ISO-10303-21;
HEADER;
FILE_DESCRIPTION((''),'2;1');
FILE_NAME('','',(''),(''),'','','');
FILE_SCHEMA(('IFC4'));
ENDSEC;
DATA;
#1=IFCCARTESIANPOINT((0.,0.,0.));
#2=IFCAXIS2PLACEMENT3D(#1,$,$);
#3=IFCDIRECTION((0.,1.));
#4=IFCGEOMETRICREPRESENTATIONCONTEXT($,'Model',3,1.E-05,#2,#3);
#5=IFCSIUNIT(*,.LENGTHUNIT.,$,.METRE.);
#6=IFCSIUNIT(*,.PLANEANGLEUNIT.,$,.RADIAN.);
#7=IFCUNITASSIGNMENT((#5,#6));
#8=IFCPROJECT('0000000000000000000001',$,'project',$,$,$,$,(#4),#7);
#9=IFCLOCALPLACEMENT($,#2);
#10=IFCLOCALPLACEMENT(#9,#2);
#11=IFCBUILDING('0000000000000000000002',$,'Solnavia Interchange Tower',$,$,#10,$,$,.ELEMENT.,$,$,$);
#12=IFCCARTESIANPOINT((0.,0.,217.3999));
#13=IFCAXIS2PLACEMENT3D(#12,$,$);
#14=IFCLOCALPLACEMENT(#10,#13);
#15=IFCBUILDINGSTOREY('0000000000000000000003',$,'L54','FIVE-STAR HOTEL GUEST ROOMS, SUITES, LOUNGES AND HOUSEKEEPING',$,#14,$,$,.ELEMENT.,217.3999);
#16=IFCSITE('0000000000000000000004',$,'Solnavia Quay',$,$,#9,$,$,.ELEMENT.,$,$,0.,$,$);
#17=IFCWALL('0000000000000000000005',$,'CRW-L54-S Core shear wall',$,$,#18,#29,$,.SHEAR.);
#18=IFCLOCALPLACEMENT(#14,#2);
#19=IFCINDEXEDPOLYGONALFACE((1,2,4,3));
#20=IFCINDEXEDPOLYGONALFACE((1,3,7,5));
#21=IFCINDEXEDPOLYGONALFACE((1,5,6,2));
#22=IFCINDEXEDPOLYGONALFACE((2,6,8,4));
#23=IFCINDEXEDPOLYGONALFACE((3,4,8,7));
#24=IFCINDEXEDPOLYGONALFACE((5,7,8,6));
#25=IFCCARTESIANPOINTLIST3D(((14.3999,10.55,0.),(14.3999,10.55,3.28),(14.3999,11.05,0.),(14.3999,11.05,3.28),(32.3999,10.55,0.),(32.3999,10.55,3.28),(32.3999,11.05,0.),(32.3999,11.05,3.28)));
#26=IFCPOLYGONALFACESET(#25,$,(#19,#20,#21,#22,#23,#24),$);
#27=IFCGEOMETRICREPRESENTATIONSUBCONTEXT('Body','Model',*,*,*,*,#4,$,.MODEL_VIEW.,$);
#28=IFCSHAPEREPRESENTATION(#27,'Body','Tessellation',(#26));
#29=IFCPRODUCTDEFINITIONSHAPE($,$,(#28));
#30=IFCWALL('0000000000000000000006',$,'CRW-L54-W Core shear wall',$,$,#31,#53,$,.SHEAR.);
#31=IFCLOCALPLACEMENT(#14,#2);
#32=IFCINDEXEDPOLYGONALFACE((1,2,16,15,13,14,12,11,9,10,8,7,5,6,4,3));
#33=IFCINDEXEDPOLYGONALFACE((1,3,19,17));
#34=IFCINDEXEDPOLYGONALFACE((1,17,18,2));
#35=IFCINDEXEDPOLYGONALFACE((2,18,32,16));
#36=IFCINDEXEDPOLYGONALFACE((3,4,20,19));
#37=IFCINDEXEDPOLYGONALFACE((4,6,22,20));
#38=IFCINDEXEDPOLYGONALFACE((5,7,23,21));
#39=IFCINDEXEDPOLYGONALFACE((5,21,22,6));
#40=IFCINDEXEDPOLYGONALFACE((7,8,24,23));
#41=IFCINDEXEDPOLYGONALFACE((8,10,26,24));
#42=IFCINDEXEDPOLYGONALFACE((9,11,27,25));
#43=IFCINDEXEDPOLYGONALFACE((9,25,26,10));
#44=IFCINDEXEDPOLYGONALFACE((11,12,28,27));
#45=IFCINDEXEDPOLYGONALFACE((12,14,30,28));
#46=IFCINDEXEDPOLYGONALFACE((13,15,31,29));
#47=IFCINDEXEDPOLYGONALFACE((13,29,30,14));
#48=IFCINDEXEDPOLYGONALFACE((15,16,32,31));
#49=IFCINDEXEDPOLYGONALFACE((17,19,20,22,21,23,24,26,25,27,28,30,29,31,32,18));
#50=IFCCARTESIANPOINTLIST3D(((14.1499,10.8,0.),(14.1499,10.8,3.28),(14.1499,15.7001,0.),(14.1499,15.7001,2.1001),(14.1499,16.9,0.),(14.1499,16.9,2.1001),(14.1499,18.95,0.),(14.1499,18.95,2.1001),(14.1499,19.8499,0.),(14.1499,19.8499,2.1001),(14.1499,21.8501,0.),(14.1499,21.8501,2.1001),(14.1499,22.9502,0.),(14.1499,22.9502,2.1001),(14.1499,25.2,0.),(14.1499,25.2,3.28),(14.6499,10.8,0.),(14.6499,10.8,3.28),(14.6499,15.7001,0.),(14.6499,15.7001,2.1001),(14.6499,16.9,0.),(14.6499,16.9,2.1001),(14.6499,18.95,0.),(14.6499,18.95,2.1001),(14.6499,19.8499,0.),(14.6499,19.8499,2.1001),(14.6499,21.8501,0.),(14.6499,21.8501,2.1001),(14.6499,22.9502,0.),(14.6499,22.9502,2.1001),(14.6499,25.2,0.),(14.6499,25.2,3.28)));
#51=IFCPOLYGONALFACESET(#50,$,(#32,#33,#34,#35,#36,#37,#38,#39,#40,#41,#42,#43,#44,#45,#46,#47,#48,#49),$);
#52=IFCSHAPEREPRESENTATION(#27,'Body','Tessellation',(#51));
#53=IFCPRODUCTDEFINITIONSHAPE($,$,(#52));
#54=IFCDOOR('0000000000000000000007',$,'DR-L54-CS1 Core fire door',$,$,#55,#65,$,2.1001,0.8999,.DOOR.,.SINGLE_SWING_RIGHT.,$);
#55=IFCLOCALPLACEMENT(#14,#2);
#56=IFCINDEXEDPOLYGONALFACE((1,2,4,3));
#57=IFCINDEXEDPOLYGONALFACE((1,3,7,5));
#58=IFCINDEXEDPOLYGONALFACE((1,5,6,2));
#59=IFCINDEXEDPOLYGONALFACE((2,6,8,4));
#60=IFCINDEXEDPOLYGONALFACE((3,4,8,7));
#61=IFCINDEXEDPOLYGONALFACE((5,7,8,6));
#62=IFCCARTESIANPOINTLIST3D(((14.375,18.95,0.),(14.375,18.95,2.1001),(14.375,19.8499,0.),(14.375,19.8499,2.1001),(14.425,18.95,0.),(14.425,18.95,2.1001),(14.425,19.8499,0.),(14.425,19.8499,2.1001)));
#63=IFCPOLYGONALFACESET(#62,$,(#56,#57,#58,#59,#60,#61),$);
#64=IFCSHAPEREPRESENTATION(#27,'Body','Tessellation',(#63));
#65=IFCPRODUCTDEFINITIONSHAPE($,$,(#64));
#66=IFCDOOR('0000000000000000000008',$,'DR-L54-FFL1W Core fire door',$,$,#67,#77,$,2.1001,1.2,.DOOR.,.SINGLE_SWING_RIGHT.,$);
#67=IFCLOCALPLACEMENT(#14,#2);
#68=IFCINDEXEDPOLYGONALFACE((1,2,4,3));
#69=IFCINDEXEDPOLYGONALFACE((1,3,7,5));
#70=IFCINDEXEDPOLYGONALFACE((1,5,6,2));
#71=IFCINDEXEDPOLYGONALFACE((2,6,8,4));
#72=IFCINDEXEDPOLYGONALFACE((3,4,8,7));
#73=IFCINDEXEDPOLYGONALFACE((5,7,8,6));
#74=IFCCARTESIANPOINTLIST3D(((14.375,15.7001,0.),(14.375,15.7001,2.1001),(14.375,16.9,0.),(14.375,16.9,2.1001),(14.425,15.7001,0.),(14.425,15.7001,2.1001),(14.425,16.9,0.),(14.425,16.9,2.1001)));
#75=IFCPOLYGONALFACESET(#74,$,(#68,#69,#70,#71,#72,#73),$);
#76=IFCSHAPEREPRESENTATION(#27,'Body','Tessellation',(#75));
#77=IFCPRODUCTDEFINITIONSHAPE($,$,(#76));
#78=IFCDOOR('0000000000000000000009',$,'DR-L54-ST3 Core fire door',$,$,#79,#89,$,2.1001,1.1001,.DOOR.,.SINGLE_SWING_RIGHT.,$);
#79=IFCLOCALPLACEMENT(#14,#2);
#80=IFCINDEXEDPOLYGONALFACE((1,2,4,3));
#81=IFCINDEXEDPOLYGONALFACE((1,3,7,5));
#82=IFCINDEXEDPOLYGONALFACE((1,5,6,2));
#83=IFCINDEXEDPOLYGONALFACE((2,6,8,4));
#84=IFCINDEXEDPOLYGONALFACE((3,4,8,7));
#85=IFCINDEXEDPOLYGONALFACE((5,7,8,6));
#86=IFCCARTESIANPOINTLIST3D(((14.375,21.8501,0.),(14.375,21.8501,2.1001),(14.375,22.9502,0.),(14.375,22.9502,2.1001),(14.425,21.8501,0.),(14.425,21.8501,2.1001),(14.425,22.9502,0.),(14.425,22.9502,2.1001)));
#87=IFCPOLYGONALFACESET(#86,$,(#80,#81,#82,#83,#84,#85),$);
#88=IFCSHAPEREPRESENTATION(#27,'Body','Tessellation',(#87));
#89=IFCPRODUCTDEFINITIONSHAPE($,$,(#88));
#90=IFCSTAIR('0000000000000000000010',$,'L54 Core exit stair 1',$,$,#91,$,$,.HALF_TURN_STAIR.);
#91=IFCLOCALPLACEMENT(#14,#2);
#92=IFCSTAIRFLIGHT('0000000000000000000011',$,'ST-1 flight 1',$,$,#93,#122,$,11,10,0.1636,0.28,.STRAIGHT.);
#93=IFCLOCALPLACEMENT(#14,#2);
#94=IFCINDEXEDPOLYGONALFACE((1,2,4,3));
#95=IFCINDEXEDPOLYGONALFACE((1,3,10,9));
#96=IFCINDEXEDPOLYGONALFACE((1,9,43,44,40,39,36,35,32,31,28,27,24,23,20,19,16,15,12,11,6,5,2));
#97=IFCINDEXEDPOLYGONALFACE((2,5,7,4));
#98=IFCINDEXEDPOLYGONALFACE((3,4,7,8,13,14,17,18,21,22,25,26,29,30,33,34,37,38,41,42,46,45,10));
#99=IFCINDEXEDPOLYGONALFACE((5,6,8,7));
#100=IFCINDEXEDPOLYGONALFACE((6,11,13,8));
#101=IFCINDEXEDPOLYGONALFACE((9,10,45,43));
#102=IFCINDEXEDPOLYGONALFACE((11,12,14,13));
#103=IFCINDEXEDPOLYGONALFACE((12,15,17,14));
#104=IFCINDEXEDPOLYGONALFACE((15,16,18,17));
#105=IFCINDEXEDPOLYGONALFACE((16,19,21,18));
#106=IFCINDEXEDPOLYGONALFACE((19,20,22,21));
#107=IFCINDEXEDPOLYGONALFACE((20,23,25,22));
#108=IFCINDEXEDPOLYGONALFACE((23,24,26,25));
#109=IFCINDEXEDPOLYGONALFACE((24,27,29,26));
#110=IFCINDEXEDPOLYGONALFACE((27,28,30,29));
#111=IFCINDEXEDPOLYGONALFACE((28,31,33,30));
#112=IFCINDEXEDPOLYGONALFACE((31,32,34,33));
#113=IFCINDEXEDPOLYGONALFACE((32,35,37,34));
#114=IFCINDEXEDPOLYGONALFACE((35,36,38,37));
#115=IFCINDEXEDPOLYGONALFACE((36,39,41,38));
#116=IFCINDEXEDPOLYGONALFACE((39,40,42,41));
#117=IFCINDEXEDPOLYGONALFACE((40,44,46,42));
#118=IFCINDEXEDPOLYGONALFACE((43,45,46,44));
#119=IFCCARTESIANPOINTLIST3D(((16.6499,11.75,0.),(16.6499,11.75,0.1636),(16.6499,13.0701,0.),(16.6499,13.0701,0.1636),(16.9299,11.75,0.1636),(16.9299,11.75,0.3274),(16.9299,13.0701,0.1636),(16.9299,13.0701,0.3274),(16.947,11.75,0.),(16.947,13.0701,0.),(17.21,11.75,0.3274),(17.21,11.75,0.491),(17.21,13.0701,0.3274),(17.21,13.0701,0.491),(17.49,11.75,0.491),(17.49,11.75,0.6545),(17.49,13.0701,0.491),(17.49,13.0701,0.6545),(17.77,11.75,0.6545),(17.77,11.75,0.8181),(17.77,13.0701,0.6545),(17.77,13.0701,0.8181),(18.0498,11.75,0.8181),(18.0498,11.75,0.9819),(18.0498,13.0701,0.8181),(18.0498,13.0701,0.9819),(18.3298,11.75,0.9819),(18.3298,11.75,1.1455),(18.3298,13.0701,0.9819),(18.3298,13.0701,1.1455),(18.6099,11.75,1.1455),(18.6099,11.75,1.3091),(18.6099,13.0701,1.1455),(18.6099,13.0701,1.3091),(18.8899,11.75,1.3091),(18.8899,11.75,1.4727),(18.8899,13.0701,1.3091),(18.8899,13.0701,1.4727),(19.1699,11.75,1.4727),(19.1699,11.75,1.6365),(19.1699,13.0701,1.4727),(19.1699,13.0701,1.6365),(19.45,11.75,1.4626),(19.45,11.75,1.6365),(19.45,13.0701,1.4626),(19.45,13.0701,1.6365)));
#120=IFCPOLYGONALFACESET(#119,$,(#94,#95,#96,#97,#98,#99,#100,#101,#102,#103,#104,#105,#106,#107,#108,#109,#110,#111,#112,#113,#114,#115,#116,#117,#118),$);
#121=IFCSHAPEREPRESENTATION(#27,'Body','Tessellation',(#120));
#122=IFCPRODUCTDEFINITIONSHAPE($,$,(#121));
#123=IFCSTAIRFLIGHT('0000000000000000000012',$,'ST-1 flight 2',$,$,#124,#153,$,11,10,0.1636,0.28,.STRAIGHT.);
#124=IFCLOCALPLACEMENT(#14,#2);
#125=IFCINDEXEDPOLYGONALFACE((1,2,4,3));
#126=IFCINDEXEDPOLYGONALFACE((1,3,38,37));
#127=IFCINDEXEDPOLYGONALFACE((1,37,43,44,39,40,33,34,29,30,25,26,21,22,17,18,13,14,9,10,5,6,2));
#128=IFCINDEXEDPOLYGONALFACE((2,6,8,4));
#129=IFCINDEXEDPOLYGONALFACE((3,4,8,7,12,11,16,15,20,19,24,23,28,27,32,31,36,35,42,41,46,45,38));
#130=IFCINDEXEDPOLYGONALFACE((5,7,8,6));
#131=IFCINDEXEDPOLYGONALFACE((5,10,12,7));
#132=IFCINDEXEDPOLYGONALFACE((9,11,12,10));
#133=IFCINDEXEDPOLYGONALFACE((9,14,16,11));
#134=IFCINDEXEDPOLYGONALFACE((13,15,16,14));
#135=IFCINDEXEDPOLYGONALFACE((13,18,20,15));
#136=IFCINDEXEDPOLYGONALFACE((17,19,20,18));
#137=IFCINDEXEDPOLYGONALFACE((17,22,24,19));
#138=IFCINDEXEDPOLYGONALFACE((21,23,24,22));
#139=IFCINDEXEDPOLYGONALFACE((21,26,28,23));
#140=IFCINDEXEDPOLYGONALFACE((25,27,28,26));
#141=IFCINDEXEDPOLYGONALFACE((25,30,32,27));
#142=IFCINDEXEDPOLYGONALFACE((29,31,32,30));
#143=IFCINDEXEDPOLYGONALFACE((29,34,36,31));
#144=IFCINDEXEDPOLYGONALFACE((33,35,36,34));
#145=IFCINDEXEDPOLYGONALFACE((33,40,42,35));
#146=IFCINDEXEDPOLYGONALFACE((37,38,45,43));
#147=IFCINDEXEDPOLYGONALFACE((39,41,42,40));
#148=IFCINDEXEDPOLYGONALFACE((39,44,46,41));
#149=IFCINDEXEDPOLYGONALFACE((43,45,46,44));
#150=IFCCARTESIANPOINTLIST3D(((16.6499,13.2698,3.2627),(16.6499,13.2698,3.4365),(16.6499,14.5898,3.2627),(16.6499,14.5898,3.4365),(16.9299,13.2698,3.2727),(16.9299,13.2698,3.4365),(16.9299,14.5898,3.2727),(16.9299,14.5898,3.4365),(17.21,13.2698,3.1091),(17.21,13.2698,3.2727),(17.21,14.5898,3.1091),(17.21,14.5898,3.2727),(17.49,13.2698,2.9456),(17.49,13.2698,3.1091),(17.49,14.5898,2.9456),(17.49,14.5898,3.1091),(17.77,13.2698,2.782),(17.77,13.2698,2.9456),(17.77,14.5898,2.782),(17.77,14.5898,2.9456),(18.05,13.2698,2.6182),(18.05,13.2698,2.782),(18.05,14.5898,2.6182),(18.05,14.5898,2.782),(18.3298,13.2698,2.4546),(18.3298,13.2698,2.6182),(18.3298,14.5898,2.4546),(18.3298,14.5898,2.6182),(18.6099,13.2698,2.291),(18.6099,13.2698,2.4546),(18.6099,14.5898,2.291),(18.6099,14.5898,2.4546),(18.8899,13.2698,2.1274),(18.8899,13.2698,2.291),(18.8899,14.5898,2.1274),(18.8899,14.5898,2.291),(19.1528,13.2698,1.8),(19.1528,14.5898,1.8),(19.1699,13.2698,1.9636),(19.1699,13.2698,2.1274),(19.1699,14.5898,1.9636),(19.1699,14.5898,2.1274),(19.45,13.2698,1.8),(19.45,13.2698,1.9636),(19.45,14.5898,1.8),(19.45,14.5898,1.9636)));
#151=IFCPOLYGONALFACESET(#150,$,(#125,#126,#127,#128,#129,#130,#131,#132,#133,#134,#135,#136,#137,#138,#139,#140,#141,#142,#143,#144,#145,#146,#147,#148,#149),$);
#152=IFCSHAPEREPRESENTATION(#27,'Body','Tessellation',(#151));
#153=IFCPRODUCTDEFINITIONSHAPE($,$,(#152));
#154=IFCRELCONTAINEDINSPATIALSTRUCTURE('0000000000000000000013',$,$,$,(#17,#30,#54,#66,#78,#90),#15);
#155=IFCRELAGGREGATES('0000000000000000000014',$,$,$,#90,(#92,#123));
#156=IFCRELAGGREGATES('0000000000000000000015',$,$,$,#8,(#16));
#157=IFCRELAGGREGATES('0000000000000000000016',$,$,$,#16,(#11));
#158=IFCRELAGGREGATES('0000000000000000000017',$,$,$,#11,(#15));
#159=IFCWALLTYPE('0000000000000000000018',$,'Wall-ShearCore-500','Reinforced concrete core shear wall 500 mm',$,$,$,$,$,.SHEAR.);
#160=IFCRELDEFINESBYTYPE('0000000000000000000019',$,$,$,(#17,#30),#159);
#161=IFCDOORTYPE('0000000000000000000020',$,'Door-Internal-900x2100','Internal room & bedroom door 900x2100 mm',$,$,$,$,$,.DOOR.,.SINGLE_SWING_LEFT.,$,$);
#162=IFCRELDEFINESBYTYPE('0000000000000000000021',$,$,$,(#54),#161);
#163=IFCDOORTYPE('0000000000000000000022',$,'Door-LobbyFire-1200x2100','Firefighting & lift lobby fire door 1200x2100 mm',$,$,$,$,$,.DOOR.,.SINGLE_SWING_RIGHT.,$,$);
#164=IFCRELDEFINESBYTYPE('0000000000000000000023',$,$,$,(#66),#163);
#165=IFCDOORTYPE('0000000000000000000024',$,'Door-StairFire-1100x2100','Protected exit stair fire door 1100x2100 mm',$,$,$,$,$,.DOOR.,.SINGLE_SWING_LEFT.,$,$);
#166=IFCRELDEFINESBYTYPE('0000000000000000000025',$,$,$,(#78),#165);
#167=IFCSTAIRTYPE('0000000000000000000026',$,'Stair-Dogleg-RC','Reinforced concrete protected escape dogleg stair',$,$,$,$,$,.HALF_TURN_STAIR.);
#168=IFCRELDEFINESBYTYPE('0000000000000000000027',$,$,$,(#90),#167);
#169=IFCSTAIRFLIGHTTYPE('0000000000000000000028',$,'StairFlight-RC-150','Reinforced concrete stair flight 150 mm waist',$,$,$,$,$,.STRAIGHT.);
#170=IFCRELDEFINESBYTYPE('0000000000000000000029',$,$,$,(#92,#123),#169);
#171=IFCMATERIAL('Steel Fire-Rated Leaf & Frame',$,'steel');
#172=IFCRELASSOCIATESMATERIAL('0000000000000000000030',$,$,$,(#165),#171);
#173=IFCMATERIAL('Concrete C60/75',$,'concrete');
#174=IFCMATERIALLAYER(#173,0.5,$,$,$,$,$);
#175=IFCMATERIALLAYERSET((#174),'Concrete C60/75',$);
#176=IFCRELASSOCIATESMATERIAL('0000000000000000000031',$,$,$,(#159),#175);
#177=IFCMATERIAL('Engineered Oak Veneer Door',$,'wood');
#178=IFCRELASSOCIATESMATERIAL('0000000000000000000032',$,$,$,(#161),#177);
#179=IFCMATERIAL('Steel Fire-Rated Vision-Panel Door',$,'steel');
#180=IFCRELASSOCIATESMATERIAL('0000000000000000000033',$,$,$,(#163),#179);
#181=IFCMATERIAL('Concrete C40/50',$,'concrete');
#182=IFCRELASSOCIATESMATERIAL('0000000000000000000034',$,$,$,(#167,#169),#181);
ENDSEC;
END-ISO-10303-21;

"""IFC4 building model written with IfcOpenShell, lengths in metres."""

from ifc_helpers import new_model, si_unit, direction, frame, frame_2d, origin, place, context, subcontext, project, spatial, polyline, rectangle, outline, extrude, material, layer, layer_set, type_object, element, fill, aggregate, save


model = new_model("IFC4")

# Units and contexts
model_context = context("Model", 3, precision=1e-05, world=origin(), true_north=direction((0.0, 1.0)))
body_context = subcontext(model_context, "Body", "Model", "MODEL_VIEW")
ifc_project = project(units=[si_unit("LENGTHUNIT", "METRE"), si_unit("PLANEANGLEUNIT", "RADIAN")], contexts=[model_context])

# Site, building, storey
site_placement = place(None, origin())
site = spatial("IfcSite", under=ifc_project, at=site_placement, Name="Solnavia Quay", CompositionType="ELEMENT", RefElevation=0.0)
building_placement = place(site_placement, origin())
building = spatial("IfcBuilding", under=site, at=building_placement, Name="Solnavia Interchange Tower", CompositionType="ELEMENT")
storey_placement = place(building_placement, frame((0.0, 0.0, 217.3999)))
storey = spatial("IfcBuildingStorey", under=building, at=storey_placement, Name="L54", Description="FIVE-STAR HOTEL GUEST ROOMS, SUITES, LOUNGES AND HOUSEKEEPING", CompositionType="ELEMENT", Elevation=217.3999)

# Shared definitions
ifc_material_1 = material(Name="Concrete C40/50", Category="concrete")

# Shared definitions
ifc_material_2 = material(Name="Steel Fire-Rated Leaf & Frame", Category="steel")
door_type_1 = type_object("IfcDoorType", Name="Door-StairFire-1100x2100", Description="Protected exit stair fire door 1100x2100 mm", OperationType="SINGLE_SWING_LEFT", PredefinedType="DOOR", material=ifc_material_2)

# Wall
ifc_material_3 = material(Name="Concrete C60/75", Category="concrete")
ifc_layer_1 = layer(ifc_material_3, 0.5)
ifc_layer_set_1 = layer_set([ifc_layer_1], Name="Concrete C60/75")
wall_type_1 = type_object("IfcWallType", Name="Wall-ShearCore-500", Description="Reinforced concrete core shear wall 500 mm", PredefinedType="SHEAR", material=ifc_layer_set_1)
wall_1_placement = place(storey_placement, frame((14.3999, 10.8, 0.0), z_axis=(0.0, 0.0, 1.0), x_axis=(1.0, 0.0, 0.0)))
element("IfcWall", 1, at=wall_1_placement, inside=storey, type_object=wall_type_1, Name="CRW-L54-S Core shear wall", PredefinedType="SHEAR", context=body_context, shape_type="SweptSolid", body=[
    extrude(rectangle(XDim=18.0, YDim=0.5, at=frame_2d((9.0, 0.0))), origin(), (0.0, 0.0, 1.0), 3.28),
])

# Wall, openings, doors
wall_2_placement = place(storey_placement, frame((14.3999, 10.8, 0.0), z_axis=(0.0, 0.0, 1.0), x_axis=(0.0, 1.0, 0.0)))
wall_2 = element("IfcWall", 2, at=wall_2_placement, inside=storey, type_object=wall_type_1, Name="CRW-L54-W Core shear wall", PredefinedType="SHEAR", context=body_context, shape_type="SweptSolid", body=[
    extrude(rectangle(XDim=14.3999, YDim=0.5, at=frame_2d((7.2, 0.0))), origin(), (0.0, 0.0, 1.0), 3.28),
])
opening_1_placement = place(wall_2_placement, frame((11.05, 0.0, 0.0)))
opening_1 = element("IfcOpeningElement", 3, at=opening_1_placement, cuts=wall_2, PredefinedType="OPENING", context=body_context, shape_type="SweptSolid", body=[
    extrude(rectangle(XDim=1.1001, YDim=2.1001, at=frame_2d((0.55, 1.05))), frame((0.0, 0.26, 0.0), z_axis=(0.0, -1.0, 0.0), x_axis=(1.0, 0.0, 0.0)), (0.0, 0.0, 1.0), 0.52),
])
opening_2_placement = place(wall_2_placement, frame((4.8999, 0.0, 0.0)))
opening_2 = element("IfcOpeningElement", 4, at=opening_2_placement, cuts=wall_2, PredefinedType="OPENING", context=body_context, shape_type="SweptSolid", body=[
    extrude(rectangle(XDim=1.2, YDim=2.1001, at=frame_2d((0.6001, 1.05))), frame((0.0, 0.26, 0.0), z_axis=(0.0, -1.0, 0.0), x_axis=(1.0, 0.0, 0.0)), (0.0, 0.0, 1.0), 0.52),
])
opening_3_placement = place(wall_2_placement, frame((8.1499, 0.0, 0.0)))
opening_3 = element("IfcOpeningElement", 5, at=opening_3_placement, cuts=wall_2, PredefinedType="OPENING", context=body_context, shape_type="SweptSolid", body=[
    extrude(rectangle(XDim=0.8999, YDim=2.1001, at=frame_2d((0.45, 1.05))), frame((0.0, 0.26, 0.0), z_axis=(0.0, -1.0, 0.0), x_axis=(1.0, 0.0, 0.0)), (0.0, 0.0, 1.0), 0.52),
])
ifc_material_4 = material(Name="Engineered Oak Veneer Door", Category="wood")
door_type_2 = type_object("IfcDoorType", Name="Door-Internal-900x2100", Description="Internal room & bedroom door 900x2100 mm", OperationType="SINGLE_SWING_LEFT", PredefinedType="DOOR", material=ifc_material_4)
door_1_placement = place(opening_3_placement, origin())
door_1 = element("IfcDoor", 6, at=door_1_placement, inside=storey, type_object=door_type_2, Name="DR-L54-CS1 Core fire door", OperationType="SINGLE_SWING_RIGHT", OverallHeight=2.1001, OverallWidth=0.8999, PredefinedType="DOOR", context=body_context, shape_type="SweptSolid", body=[
    extrude(rectangle(XDim=0.8999, YDim=2.1001, at=frame_2d((0.45, 1.05))), frame((0.0, 0.0249, 0.0), z_axis=(0.0, -1.0, 0.0), x_axis=(1.0, 0.0, 0.0)), (0.0, 0.0, 1.0), 0.05),
])
fill(opening_3, door_1)
ifc_material_5 = material(Name="Steel Fire-Rated Vision-Panel Door", Category="steel")
door_type_3 = type_object("IfcDoorType", Name="Door-LobbyFire-1200x2100", Description="Firefighting & lift lobby fire door 1200x2100 mm", OperationType="SINGLE_SWING_RIGHT", PredefinedType="DOOR", material=ifc_material_5)
door_2_placement = place(opening_2_placement, origin())
door_2 = element("IfcDoor", 7, at=door_2_placement, inside=storey, type_object=door_type_3, Name="DR-L54-FFL1W Core fire door", OperationType="SINGLE_SWING_RIGHT", OverallHeight=2.1001, OverallWidth=1.2, PredefinedType="DOOR", context=body_context, shape_type="SweptSolid", body=[
    extrude(rectangle(XDim=1.2, YDim=2.1001, at=frame_2d((0.6001, 1.05))), frame((0.0, 0.0249, 0.0), z_axis=(0.0, -1.0, 0.0), x_axis=(1.0, 0.0, 0.0)), (0.0, 0.0, 1.0), 0.05),
])
fill(opening_2, door_2)
door_3_placement = place(opening_1_placement, origin())
door_3 = element("IfcDoor", 8, at=door_3_placement, inside=storey, type_object=door_type_1, Name="DR-L54-ST3 Core fire door", OperationType="SINGLE_SWING_RIGHT", OverallHeight=2.1001, OverallWidth=1.1001, PredefinedType="DOOR", context=body_context, shape_type="SweptSolid", body=[
    extrude(rectangle(XDim=1.1001, YDim=2.1001, at=frame_2d((0.55, 1.05))), frame((0.0, 0.0249, 0.0), z_axis=(0.0, -1.0, 0.0), x_axis=(1.0, 0.0, 0.0)), (0.0, 0.0, 1.0), 0.05),
])
fill(opening_1, door_3)

# Stair, stair flights
stair_type = type_object("IfcStairType", Name="Stair-Dogleg-RC", Description="Reinforced concrete protected escape dogleg stair", PredefinedType="HALF_TURN_STAIR", material=ifc_material_1)
stair_placement = place(storey_placement, origin())
stair = element("IfcStair", 9, at=stair_placement, inside=storey, type_object=stair_type, Name="L54 Core exit stair 1", PredefinedType="HALF_TURN_STAIR")
stair_flight_type = type_object("IfcStairFlightType", Name="StairFlight-RC-150", Description="Reinforced concrete stair flight 150 mm waist", PredefinedType="STRAIGHT", material=ifc_material_1)
stair_flight_1_placement = place(storey_placement, frame((16.6499, 12.4099, 0.0), z_axis=(0.0, 0.0, 1.0), x_axis=(1.0, 0.0, 0.0)))
stair_flight_1 = element("IfcStairFlight", 10, at=stair_flight_1_placement, type_object=stair_flight_type, Name="ST-1 flight 1", NumberOfRisers=11, NumberOfTreads=10, PredefinedType="STRAIGHT", RiserHeight=0.1636, TreadLength=0.28, context=body_context, shape_type="SweptSolid", body=[
    extrude(outline(polyline([(0.0, 0.0), (0.0, 0.1636), (0.28, 0.1636), (0.28, 0.3274), (0.5601, 0.3274), (0.5601, 0.491), (0.8401, 0.491), (0.8401, 0.6545), (1.1201, 0.6545), (1.1201, 0.8181), (1.3999, 0.8181), (1.3999, 0.9819), (1.6799, 0.9819), (1.6799, 1.1455), (1.96, 1.1455), (1.96, 1.3091), (2.24, 1.3091), (2.24, 1.4727), (2.52, 1.4727), (2.52, 1.6365), (2.8, 1.6365), (2.8, 1.8), (2.8, 1.4626), (0.2971, 0.0), (0.0, 0.0)])), frame((0.0, 0.6602, 0.0), z_axis=(0.0, -1.0, 0.0), x_axis=(1.0, 0.0, 0.0)), (0.0, 0.0, 1.0), 1.3201),
])
stair_flight_2_placement = place(storey_placement, frame((19.45, 13.9299, 1.8), z_axis=(0.0, 0.0, 1.0), x_axis=(-1.0, 0.0, 0.0)))
stair_flight_2 = element("IfcStairFlight", 11, at=stair_flight_2_placement, type_object=stair_flight_type, Name="ST-1 flight 2", NumberOfRisers=11, NumberOfTreads=10, PredefinedType="STRAIGHT", RiserHeight=0.1636, TreadLength=0.28, context=body_context, shape_type="SweptSolid", body=[
    extrude(outline(polyline([(0.0, 0.0), (0.0, 0.1636), (0.28, 0.1636), (0.28, 0.3274), (0.5601, 0.3274), (0.5601, 0.491), (0.8401, 0.491), (0.8401, 0.6545), (1.1201, 0.6545), (1.1201, 0.8181), (1.3999, 0.8181), (1.3999, 0.9819), (1.6799, 0.9819), (1.6799, 1.1455), (1.96, 1.1455), (1.96, 1.3091), (2.24, 1.3091), (2.24, 1.4727), (2.52, 1.4727), (2.52, 1.6365), (2.8, 1.6365), (2.8, 1.8), (2.8, 1.4626), (0.2971, 0.0), (0.0, 0.0)])), frame((0.0, 0.6602, 0.0), z_axis=(0.0, -1.0, 0.0), x_axis=(1.0, 0.0, 0.0)), (0.0, 0.0, 1.0), 1.3201),
])
aggregate(stair, [stair_flight_1, stair_flight_2])

save(model, "model.ifc")
